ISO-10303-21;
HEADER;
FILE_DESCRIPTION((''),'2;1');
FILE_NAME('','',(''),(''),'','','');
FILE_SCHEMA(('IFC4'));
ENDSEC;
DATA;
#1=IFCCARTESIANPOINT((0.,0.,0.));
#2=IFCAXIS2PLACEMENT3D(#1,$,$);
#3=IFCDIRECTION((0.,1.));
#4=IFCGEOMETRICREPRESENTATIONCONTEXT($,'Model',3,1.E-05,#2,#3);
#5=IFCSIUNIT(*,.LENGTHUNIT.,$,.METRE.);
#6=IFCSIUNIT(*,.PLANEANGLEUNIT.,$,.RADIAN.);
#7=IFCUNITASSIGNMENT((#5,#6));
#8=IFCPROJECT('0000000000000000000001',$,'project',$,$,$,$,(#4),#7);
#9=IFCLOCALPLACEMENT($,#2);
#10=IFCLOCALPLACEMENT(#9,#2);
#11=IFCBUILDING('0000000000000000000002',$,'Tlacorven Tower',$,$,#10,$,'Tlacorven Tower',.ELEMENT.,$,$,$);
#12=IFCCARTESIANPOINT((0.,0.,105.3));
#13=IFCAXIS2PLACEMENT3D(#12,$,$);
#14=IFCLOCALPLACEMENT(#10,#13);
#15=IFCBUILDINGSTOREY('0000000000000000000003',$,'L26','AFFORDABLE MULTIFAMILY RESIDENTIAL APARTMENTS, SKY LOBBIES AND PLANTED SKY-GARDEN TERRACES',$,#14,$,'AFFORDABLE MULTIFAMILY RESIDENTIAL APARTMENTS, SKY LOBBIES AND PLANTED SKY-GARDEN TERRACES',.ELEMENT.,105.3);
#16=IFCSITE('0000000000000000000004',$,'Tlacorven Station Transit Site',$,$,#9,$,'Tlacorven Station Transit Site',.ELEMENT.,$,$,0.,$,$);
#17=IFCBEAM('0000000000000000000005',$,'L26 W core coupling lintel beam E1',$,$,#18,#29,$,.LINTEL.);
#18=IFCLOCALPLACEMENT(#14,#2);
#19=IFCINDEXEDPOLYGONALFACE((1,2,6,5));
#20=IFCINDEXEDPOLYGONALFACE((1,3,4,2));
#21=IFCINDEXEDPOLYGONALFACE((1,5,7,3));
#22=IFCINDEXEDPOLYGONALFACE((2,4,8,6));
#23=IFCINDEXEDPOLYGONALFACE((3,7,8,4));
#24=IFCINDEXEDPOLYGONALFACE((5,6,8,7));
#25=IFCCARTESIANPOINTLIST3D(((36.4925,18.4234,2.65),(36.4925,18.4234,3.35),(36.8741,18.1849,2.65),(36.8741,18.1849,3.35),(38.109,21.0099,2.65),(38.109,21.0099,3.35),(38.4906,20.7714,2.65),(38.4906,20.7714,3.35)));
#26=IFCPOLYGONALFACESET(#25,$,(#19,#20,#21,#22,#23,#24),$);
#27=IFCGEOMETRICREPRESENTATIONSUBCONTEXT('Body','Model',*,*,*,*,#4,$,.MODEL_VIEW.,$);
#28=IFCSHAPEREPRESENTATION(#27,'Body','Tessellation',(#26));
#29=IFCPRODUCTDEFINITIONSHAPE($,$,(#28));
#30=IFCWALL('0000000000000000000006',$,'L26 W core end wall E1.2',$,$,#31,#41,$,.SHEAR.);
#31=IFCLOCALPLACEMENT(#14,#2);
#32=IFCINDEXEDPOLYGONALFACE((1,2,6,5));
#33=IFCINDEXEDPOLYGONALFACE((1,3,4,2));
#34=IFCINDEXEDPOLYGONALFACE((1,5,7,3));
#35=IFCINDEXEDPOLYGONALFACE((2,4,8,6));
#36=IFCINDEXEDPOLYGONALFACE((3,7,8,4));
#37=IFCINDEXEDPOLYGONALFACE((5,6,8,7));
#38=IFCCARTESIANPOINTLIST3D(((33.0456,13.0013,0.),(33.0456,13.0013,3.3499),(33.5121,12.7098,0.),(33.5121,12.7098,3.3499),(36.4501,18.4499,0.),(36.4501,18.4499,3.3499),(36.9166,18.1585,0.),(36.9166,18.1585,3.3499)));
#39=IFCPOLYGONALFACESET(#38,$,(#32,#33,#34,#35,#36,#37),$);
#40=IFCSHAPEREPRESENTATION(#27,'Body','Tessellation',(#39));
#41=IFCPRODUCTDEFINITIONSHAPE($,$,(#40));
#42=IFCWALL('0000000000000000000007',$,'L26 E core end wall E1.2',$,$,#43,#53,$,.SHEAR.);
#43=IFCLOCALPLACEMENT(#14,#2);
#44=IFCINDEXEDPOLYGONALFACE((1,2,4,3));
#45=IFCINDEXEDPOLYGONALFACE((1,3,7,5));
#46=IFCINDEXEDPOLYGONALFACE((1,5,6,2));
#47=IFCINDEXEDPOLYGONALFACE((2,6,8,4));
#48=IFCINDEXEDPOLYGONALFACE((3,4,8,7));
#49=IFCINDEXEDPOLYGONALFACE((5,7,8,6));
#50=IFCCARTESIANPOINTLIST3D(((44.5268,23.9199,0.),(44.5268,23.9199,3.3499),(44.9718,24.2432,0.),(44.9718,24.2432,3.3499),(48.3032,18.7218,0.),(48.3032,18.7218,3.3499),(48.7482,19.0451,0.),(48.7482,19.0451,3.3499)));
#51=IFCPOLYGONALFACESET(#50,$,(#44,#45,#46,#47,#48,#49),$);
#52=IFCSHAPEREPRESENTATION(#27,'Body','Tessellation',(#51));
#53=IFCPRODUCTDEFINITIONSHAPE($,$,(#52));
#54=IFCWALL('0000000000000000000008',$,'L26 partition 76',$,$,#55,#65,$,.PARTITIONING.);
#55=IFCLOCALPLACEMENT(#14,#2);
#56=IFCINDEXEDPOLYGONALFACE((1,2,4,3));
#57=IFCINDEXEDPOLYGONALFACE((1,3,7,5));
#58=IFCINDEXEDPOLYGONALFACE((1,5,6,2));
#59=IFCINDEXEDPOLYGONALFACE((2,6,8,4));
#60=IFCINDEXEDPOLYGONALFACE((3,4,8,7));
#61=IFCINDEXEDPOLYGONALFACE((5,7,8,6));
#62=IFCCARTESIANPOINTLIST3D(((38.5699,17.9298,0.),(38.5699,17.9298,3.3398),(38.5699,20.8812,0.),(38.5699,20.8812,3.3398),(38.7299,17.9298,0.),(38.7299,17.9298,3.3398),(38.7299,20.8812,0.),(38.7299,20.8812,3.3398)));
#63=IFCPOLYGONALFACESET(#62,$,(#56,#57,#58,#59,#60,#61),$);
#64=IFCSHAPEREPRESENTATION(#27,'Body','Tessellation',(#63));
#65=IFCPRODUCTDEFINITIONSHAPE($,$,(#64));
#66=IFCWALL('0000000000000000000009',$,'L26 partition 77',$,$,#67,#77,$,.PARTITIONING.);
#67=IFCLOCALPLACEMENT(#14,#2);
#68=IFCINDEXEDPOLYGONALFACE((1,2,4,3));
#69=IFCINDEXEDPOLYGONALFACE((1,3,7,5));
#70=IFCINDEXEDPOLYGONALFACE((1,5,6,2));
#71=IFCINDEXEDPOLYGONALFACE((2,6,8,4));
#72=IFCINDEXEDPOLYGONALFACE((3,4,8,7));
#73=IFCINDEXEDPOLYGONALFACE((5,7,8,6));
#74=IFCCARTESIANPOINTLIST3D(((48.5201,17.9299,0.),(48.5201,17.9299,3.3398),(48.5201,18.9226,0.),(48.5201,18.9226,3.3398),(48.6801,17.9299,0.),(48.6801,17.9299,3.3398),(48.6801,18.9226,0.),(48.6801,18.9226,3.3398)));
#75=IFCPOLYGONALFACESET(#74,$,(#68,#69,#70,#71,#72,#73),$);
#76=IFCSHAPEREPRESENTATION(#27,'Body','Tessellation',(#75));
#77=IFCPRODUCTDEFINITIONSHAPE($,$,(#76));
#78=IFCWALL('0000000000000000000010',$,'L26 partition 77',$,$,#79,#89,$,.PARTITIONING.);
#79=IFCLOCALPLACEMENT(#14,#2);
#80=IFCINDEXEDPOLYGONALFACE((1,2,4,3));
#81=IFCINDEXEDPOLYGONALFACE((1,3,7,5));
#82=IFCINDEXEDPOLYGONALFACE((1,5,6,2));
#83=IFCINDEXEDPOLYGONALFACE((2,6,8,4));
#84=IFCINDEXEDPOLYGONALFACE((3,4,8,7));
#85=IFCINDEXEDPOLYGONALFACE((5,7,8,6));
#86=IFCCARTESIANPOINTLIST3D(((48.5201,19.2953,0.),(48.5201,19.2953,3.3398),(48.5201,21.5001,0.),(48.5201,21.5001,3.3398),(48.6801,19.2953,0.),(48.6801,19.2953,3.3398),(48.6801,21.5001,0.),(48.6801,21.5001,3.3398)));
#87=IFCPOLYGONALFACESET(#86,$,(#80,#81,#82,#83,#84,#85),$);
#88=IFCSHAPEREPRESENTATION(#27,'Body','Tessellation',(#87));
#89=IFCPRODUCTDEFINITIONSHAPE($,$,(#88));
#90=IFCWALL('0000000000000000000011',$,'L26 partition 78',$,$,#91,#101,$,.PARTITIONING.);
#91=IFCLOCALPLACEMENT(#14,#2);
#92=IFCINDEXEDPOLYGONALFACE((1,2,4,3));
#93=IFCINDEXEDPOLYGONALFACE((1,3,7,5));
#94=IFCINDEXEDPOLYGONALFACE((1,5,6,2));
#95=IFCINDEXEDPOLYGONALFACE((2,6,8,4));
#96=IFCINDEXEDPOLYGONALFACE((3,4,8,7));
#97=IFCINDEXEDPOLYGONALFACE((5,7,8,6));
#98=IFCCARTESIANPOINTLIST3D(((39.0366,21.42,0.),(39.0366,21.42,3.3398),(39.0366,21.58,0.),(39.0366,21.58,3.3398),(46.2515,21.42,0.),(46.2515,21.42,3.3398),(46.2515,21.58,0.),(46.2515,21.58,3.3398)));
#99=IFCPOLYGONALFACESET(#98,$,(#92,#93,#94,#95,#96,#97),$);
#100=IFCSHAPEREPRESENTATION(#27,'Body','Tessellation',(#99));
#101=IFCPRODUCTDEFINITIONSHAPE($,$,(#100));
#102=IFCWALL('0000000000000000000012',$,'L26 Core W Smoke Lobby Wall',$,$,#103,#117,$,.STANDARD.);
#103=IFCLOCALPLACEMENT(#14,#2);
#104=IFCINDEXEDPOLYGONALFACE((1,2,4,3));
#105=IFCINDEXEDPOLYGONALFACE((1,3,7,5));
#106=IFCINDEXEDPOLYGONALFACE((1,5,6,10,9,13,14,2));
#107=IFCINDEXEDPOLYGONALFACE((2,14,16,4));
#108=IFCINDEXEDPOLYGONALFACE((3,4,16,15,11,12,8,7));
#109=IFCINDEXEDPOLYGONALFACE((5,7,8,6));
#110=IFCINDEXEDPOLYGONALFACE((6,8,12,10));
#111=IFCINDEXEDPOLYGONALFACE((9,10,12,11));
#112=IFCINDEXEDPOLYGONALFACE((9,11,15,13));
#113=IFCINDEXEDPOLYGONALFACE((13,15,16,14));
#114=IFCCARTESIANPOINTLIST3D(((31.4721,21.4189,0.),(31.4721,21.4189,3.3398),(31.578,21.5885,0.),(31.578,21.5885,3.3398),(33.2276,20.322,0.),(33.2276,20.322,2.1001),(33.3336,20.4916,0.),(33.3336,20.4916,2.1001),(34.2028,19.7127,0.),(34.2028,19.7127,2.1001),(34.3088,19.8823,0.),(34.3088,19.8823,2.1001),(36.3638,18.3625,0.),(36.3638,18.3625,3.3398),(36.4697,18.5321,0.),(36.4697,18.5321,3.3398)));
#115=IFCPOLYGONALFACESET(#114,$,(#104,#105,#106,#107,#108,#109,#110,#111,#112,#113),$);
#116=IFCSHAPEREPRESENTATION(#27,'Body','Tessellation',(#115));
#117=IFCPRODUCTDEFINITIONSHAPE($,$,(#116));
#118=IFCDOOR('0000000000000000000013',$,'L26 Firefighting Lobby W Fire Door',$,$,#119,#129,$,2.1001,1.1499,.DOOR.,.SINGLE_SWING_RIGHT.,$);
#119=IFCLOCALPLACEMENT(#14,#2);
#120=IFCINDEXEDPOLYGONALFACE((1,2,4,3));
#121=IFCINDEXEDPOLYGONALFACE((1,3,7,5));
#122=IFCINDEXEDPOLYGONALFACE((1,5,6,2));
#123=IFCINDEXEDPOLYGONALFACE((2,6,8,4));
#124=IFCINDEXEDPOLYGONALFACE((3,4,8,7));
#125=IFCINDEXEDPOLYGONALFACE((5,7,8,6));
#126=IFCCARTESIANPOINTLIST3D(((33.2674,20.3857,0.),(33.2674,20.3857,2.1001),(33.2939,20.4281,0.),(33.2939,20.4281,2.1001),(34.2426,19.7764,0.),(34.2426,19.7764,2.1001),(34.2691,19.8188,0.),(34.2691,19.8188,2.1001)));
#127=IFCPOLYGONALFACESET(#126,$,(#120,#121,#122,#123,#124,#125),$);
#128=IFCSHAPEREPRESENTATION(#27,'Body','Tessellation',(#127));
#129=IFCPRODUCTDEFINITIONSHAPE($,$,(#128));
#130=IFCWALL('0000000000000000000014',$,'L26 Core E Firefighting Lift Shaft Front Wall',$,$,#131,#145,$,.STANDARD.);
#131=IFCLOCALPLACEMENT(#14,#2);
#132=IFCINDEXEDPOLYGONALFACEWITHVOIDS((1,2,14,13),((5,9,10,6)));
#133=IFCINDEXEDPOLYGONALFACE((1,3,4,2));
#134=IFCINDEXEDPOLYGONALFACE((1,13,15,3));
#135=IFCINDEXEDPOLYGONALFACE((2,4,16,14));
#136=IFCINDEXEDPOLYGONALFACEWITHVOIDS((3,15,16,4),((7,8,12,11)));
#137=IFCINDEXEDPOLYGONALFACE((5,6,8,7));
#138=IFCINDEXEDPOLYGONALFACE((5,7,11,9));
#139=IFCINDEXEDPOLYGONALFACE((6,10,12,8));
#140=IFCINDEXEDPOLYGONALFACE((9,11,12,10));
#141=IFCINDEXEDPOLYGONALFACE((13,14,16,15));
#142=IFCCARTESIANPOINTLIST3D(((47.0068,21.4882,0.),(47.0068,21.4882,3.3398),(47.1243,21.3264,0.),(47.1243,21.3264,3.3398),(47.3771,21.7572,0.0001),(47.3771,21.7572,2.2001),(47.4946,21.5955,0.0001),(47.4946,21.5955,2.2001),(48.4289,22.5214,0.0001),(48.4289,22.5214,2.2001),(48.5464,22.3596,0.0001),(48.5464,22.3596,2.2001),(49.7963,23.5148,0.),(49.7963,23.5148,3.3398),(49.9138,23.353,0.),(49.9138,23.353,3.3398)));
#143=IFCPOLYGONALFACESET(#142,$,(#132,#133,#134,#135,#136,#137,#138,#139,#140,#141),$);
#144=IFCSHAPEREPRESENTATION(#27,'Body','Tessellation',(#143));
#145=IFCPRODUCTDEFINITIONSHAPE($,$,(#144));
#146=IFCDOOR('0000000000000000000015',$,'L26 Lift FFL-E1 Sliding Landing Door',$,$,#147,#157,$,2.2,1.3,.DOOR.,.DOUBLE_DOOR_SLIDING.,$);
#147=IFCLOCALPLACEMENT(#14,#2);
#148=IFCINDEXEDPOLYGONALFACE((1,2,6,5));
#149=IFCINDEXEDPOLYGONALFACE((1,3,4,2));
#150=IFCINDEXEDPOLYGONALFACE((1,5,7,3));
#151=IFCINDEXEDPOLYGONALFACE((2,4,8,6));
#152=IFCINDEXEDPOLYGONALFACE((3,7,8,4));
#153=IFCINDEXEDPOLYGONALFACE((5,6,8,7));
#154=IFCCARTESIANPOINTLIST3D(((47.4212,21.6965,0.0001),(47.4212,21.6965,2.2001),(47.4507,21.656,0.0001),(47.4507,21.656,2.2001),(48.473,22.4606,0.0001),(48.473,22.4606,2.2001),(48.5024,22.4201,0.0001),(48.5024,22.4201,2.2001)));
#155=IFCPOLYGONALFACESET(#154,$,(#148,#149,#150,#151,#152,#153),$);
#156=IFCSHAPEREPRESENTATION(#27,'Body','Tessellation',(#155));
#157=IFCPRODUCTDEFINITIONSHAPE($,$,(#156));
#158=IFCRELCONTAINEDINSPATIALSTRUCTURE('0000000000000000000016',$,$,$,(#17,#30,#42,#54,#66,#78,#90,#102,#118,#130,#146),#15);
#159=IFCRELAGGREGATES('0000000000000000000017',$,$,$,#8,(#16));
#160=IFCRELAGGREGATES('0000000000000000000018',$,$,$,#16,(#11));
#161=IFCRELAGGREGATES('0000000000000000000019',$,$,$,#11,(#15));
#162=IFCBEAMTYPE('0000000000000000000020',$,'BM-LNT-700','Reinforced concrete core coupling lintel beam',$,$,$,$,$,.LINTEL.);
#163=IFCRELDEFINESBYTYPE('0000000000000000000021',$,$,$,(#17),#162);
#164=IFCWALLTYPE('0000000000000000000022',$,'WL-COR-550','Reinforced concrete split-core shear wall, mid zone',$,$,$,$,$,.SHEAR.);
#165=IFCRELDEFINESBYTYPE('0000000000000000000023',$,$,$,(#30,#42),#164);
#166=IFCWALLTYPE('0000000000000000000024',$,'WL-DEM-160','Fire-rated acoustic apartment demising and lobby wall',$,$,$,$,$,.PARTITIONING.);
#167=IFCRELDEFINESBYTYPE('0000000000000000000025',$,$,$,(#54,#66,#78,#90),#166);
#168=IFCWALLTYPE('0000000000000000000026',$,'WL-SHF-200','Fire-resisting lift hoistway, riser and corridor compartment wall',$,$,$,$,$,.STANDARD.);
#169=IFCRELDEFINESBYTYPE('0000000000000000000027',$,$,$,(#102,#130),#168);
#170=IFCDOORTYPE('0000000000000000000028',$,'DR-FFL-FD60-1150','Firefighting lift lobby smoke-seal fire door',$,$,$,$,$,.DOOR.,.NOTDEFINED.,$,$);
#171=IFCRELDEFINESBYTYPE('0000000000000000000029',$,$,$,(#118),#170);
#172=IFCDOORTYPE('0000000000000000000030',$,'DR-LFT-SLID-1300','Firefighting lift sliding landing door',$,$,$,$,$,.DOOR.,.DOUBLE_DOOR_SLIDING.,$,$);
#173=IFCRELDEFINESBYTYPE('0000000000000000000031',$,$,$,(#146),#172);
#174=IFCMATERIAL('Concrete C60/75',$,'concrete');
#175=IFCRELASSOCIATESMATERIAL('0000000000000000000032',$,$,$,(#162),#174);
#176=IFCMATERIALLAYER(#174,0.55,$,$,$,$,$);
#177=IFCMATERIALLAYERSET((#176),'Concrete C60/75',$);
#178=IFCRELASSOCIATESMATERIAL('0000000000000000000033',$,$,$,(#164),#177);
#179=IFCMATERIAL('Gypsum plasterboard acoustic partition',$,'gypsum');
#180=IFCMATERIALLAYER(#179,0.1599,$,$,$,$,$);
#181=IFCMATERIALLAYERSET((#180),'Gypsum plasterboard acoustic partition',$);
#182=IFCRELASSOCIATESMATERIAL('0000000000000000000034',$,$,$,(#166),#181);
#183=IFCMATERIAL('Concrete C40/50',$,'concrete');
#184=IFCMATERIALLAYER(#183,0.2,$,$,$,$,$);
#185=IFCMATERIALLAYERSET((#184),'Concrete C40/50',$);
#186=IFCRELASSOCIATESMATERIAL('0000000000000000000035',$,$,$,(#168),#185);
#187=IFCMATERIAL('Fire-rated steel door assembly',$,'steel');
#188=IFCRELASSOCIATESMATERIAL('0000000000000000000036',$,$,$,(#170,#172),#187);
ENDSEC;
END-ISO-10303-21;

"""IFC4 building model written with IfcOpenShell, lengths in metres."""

from ifc_helpers import new_model, si_unit, direction, frame, frame_2d, origin, origin_2d, place, context, subcontext, project, spatial, rectangle, extrude, source, transform, mapped, material, layer, layer_set, material_profile, profile_set, type_object, element, fill, save


model = new_model("IFC4")

# Units and contexts
model_context = context("Model", 3, precision=1e-05, world=origin(), true_north=direction((0.0, 1.0)))
body_context = subcontext(model_context, "Body", "Model", "MODEL_VIEW")
ifc_project = project(units=[si_unit("LENGTHUNIT", "METRE"), si_unit("PLANEANGLEUNIT", "RADIAN")], contexts=[model_context])

# Site, building, storey
site_placement = place(None, origin())
site = spatial("IfcSite", under=ifc_project, at=site_placement, Name="Tlacorven Station Transit Site", LongName="Tlacorven Station Transit Site", CompositionType="ELEMENT", RefElevation=0.0)
building_placement = place(site_placement, origin())
building = spatial("IfcBuilding", under=site, at=building_placement, Name="Tlacorven Tower", LongName="Tlacorven Tower", CompositionType="ELEMENT")
storey_placement = place(building_placement, frame((0.0, 0.0, 105.3)))
storey = spatial("IfcBuildingStorey", under=building, at=storey_placement, Name="L26", Description="AFFORDABLE MULTIFAMILY RESIDENTIAL APARTMENTS, SKY LOBBIES AND PLANTED SKY-GARDEN TERRACES", LongName="AFFORDABLE MULTIFAMILY RESIDENTIAL APARTMENTS, SKY LOBBIES AND PLANTED SKY-GARDEN TERRACES", CompositionType="ELEMENT", Elevation=105.3)

# Beam
ifc_material_1 = material(Name="Concrete C60/75", Category="concrete")
ifc_material_profile = material_profile(ifc_material_1, rectangle(XDim=0.45, YDim=0.7, at=origin_2d()), Name="RC 450X700")
ifc_profile_set = profile_set([ifc_material_profile], Name="Concrete C60/75")
beam_type = type_object("IfcBeamType", Name="BM-LNT-700", Description="Reinforced concrete core coupling lintel beam", PredefinedType="LINTEL", material=ifc_profile_set)
shared_shape_1 = source(origin(), body_context, "Body", "SweptSolid", [
    extrude(rectangle(XDim=0.45, YDim=0.7, at=origin_2d()), origin(), (0.0, 0.0, 1.0), 3.05),
])
beam_placement = place(storey_placement, frame((38.2998, 20.8906, 3.0), z_axis=(-0.529985, -0.848007, 0.0), x_axis=(0.848007, -0.529985, 0.0)))
element("IfcBeam", 1, at=beam_placement, inside=storey, type_object=beam_type, Name="L26 W core coupling lintel beam E1", PredefinedType="LINTEL", context=body_context, shape_type="MappedRepresentation", body=[
    mapped(shared_shape_1, transform((0.0, 0.0, 0.0), scale=1.0)),
])

# Walls
ifc_layer_1 = layer(ifc_material_1, 0.55)
ifc_layer_set_1 = layer_set([ifc_layer_1], Name="Concrete C60/75")
wall_type_1 = type_object("IfcWallType", Name="WL-COR-550", Description="Reinforced concrete split-core shear wall, mid zone", PredefinedType="SHEAR", material=ifc_layer_set_1)
wall_1_placement = place(storey_placement, frame((36.6833, 18.3042, 0.0), z_axis=(0.0, 0.0, 1.0), x_axis=(-0.529896, -0.848062, 0.0)))
element("IfcWall", 2, at=wall_1_placement, inside=storey, type_object=wall_type_1, Name="L26 W core end wall E1.2", PredefinedType="SHEAR", context=body_context, shape_type="SweptSolid", body=[
    extrude(rectangle(XDim=6.4248, YDim=0.55, at=frame_2d((3.2124, 0.0))), origin(), (0.0, 0.0, 1.0), 3.3499),
])
wall_2_placement = place(storey_placement, frame((48.5256, 18.8835, 0.0), z_axis=(0.0, 0.0, 1.0), x_axis=(-0.587765, 0.809032, 0.0)))
element("IfcWall", 3, at=wall_2_placement, inside=storey, type_object=wall_type_1, Name="L26 E core end wall E1.2", PredefinedType="SHEAR", context=body_context, shape_type="SweptSolid", body=[
    extrude(rectangle(XDim=6.425, YDim=0.55, at=frame_2d((3.2124, 0.0))), origin(), (0.0, 0.0, 1.0), 3.3499),
])
ifc_material_2 = material(Name="Gypsum plasterboard acoustic partition", Category="gypsum")
ifc_layer_2 = layer(ifc_material_2, 0.1599)
ifc_layer_set_2 = layer_set([ifc_layer_2], Name="Gypsum plasterboard acoustic partition")
wall_type_2 = type_object("IfcWallType", Name="WL-DEM-160", Description="Fire-rated acoustic apartment demising and lobby wall", PredefinedType="PARTITIONING", material=ifc_layer_set_2)
wall_3_placement = place(storey_placement, frame((38.6499, 17.9299, 0.0), z_axis=(0.0, 0.0, 1.0), x_axis=(0.0, 1.0, 0.0)))
element("IfcWall", 4, at=wall_3_placement, inside=storey, type_object=wall_type_2, Name="L26 partition 76", PredefinedType="PARTITIONING", context=body_context, shape_type="SweptSolid", body=[
    extrude(rectangle(XDim=2.9514, YDim=0.1599, at=frame_2d((1.4756, 0.0))), origin(), (0.0, 0.0, 1.0), 3.3398),
])
wall_4_placement = place(storey_placement, frame((48.6001, 17.9299, 0.0), z_axis=(0.0, 0.0, 1.0), x_axis=(0.0, 1.0, 0.0)))
element("IfcWall", 5, at=wall_4_placement, inside=storey, type_object=wall_type_2, Name="L26 partition 77", PredefinedType="PARTITIONING", context=body_context, shape_type="SweptSolid", body=[
    extrude(rectangle(XDim=0.9927, YDim=0.1599, at=frame_2d((0.4963, 0.0))), origin(), (0.0, 0.0, 1.0), 3.3398),
])
wall_5_placement = place(storey_placement, frame((48.6001, 19.2952, 0.0), z_axis=(0.0, 0.0, 1.0), x_axis=(0.0, 1.0, 0.0)))
element("IfcWall", 6, at=wall_5_placement, inside=storey, type_object=wall_type_2, Name="L26 partition 77", PredefinedType="PARTITIONING", context=body_context, shape_type="SweptSolid", body=[
    extrude(rectangle(XDim=2.2048, YDim=0.1599, at=frame_2d((1.1025, 0.0))), origin(), (0.0, 0.0, 1.0), 3.3398),
])
wall_6_placement = place(storey_placement, frame((39.0366, 21.5, 0.0), z_axis=(0.0, 0.0, 1.0), x_axis=(1.0, 0.0, 0.0)))
element("IfcWall", 7, at=wall_6_placement, inside=storey, type_object=wall_type_2, Name="L26 partition 78", PredefinedType="PARTITIONING", context=body_context, shape_type="SweptSolid", body=[
    extrude(rectangle(XDim=7.2148, YDim=0.1599, at=frame_2d((3.6074, 0.0))), origin(), (0.0, 0.0, 1.0), 3.3398),
])

# Walls, openings, doors
ifc_material_3 = material(Name="Concrete C40/50", Category="concrete")
ifc_layer_3 = layer(ifc_material_3, 0.2)
ifc_layer_set_3 = layer_set([ifc_layer_3], Name="Concrete C40/50")
wall_type_3 = type_object("IfcWallType", Name="WL-SHF-200", Description="Fire-resisting lift hoistway, riser and corridor compartment wall", PredefinedType="STANDARD", material=ifc_layer_set_3)
wall_7_placement = place(storey_placement, frame((36.4167, 18.4473, 0.0), z_axis=(0.0, 0.0, 1.0), x_axis=(-0.848065, 0.529892, 0.0)))
wall_7 = element("IfcWall", 8, at=wall_7_placement, inside=storey, type_object=wall_type_3, Name="L26 Core W Smoke Lobby Wall", PredefinedType="STANDARD", context=body_context, shape_type="SweptSolid", body=[
    extrude(rectangle(XDim=5.7681, YDim=0.2, at=frame_2d((2.884, 0.0))), origin(), (0.0, 0.0, 1.0), 3.3398),
])
opening_1_placement = place(wall_7_placement, frame((2.5481, 0.0, 0.0)))
opening_1 = element("IfcOpeningElement", 9, at=opening_1_placement, cuts=wall_7, PredefinedType="OPENING", context=body_context, shape_type="SweptSolid", body=[
    extrude(rectangle(XDim=1.1499, YDim=2.1001, at=frame_2d((0.575, 1.05))), frame((0.0, 0.1099, 0.0), z_axis=(0.0, -1.0, 0.0), x_axis=(1.0, 0.0, 0.0)), (0.0, 0.0, 1.0), 0.22),
])
ifc_material_4 = material(Name="Fire-rated steel door assembly", Category="steel")
door_type_1 = type_object("IfcDoorType", Name="DR-FFL-FD60-1150", Description="Firefighting lift lobby smoke-seal fire door", OperationType="NOTDEFINED", PredefinedType="DOOR", material=ifc_material_4)
shared_shape_2 = source(origin(), body_context, "Body", "SweptSolid", [
    extrude(rectangle(XDim=1.1499, YDim=2.1001, at=frame_2d((0.575, 1.05))), frame((0.0, 0.0249, 0.0), z_axis=(0.0, -1.0, 0.0), x_axis=(1.0, 0.0, 0.0)), (0.0, 0.0, 1.0), 0.05),
])
door_1_placement = place(opening_1_placement, origin())
door_1 = element("IfcDoor", 10, at=door_1_placement, inside=storey, type_object=door_type_1, Name="L26 Firefighting Lobby W Fire Door", OperationType="SINGLE_SWING_RIGHT", OverallHeight=2.1001, OverallWidth=1.1499, PredefinedType="DOOR", context=body_context, shape_type="MappedRepresentation", body=[
    mapped(shared_shape_2, transform((0.0, 0.0, 0.0), scale=1.0)),
])
fill(opening_1, door_1)
wall_8_placement = place(storey_placement, frame((47.0654, 21.4072, 0.0), z_axis=(0.0, 0.0, 1.0), x_axis=(0.809033, 0.587763, 0.0)))
wall_8 = element("IfcWall", 11, at=wall_8_placement, inside=storey, type_object=wall_type_3, Name="L26 Core E Firefighting Lift Shaft Front Wall", PredefinedType="STANDARD", context=body_context, shape_type="SweptSolid", body=[
    extrude(rectangle(XDim=3.448, YDim=0.2, at=frame_2d((1.7241, 0.0))), origin(), (0.0, 0.0, 1.0), 3.3398),
])
opening_2_placement = place(wall_8_placement, frame((0.458, 0.0, 0.0)))
opening_2 = element("IfcOpeningElement", 12, at=opening_2_placement, cuts=wall_8, PredefinedType="OPENING", context=body_context, shape_type="SweptSolid", body=[
    extrude(rectangle(XDim=1.3, YDim=2.2, at=frame_2d((0.6499, 1.1001))), frame((0.0, 0.1099, 0.0), z_axis=(0.0, -1.0, 0.0), x_axis=(1.0, 0.0, 0.0)), (0.0, 0.0, 1.0), 0.22),
])
door_type_2 = type_object("IfcDoorType", Name="DR-LFT-SLID-1300", Description="Firefighting lift sliding landing door", OperationType="DOUBLE_DOOR_SLIDING", PredefinedType="DOOR", material=ifc_material_4)
shared_shape_3 = source(origin(), body_context, "Body", "SweptSolid", [
    extrude(rectangle(XDim=1.3, YDim=2.2, at=frame_2d((0.6499, 1.1001))), frame((0.0, 0.0249, 0.0), z_axis=(0.0, -1.0, 0.0), x_axis=(1.0, 0.0, 0.0)), (0.0, 0.0, 1.0), 0.05),
])
door_2_placement = place(opening_2_placement, origin())
door_2 = element("IfcDoor", 13, at=door_2_placement, inside=storey, type_object=door_type_2, Name="L26 Lift FFL-E1 Sliding Landing Door", OperationType="DOUBLE_DOOR_SLIDING", OverallHeight=2.2, OverallWidth=1.3, PredefinedType="DOOR", context=body_context, shape_type="MappedRepresentation", body=[
    mapped(shared_shape_3, transform((0.0, 0.0, 0.0), scale=1.0)),
])
fill(opening_2, door_2)

save(model, "model.ifc")
